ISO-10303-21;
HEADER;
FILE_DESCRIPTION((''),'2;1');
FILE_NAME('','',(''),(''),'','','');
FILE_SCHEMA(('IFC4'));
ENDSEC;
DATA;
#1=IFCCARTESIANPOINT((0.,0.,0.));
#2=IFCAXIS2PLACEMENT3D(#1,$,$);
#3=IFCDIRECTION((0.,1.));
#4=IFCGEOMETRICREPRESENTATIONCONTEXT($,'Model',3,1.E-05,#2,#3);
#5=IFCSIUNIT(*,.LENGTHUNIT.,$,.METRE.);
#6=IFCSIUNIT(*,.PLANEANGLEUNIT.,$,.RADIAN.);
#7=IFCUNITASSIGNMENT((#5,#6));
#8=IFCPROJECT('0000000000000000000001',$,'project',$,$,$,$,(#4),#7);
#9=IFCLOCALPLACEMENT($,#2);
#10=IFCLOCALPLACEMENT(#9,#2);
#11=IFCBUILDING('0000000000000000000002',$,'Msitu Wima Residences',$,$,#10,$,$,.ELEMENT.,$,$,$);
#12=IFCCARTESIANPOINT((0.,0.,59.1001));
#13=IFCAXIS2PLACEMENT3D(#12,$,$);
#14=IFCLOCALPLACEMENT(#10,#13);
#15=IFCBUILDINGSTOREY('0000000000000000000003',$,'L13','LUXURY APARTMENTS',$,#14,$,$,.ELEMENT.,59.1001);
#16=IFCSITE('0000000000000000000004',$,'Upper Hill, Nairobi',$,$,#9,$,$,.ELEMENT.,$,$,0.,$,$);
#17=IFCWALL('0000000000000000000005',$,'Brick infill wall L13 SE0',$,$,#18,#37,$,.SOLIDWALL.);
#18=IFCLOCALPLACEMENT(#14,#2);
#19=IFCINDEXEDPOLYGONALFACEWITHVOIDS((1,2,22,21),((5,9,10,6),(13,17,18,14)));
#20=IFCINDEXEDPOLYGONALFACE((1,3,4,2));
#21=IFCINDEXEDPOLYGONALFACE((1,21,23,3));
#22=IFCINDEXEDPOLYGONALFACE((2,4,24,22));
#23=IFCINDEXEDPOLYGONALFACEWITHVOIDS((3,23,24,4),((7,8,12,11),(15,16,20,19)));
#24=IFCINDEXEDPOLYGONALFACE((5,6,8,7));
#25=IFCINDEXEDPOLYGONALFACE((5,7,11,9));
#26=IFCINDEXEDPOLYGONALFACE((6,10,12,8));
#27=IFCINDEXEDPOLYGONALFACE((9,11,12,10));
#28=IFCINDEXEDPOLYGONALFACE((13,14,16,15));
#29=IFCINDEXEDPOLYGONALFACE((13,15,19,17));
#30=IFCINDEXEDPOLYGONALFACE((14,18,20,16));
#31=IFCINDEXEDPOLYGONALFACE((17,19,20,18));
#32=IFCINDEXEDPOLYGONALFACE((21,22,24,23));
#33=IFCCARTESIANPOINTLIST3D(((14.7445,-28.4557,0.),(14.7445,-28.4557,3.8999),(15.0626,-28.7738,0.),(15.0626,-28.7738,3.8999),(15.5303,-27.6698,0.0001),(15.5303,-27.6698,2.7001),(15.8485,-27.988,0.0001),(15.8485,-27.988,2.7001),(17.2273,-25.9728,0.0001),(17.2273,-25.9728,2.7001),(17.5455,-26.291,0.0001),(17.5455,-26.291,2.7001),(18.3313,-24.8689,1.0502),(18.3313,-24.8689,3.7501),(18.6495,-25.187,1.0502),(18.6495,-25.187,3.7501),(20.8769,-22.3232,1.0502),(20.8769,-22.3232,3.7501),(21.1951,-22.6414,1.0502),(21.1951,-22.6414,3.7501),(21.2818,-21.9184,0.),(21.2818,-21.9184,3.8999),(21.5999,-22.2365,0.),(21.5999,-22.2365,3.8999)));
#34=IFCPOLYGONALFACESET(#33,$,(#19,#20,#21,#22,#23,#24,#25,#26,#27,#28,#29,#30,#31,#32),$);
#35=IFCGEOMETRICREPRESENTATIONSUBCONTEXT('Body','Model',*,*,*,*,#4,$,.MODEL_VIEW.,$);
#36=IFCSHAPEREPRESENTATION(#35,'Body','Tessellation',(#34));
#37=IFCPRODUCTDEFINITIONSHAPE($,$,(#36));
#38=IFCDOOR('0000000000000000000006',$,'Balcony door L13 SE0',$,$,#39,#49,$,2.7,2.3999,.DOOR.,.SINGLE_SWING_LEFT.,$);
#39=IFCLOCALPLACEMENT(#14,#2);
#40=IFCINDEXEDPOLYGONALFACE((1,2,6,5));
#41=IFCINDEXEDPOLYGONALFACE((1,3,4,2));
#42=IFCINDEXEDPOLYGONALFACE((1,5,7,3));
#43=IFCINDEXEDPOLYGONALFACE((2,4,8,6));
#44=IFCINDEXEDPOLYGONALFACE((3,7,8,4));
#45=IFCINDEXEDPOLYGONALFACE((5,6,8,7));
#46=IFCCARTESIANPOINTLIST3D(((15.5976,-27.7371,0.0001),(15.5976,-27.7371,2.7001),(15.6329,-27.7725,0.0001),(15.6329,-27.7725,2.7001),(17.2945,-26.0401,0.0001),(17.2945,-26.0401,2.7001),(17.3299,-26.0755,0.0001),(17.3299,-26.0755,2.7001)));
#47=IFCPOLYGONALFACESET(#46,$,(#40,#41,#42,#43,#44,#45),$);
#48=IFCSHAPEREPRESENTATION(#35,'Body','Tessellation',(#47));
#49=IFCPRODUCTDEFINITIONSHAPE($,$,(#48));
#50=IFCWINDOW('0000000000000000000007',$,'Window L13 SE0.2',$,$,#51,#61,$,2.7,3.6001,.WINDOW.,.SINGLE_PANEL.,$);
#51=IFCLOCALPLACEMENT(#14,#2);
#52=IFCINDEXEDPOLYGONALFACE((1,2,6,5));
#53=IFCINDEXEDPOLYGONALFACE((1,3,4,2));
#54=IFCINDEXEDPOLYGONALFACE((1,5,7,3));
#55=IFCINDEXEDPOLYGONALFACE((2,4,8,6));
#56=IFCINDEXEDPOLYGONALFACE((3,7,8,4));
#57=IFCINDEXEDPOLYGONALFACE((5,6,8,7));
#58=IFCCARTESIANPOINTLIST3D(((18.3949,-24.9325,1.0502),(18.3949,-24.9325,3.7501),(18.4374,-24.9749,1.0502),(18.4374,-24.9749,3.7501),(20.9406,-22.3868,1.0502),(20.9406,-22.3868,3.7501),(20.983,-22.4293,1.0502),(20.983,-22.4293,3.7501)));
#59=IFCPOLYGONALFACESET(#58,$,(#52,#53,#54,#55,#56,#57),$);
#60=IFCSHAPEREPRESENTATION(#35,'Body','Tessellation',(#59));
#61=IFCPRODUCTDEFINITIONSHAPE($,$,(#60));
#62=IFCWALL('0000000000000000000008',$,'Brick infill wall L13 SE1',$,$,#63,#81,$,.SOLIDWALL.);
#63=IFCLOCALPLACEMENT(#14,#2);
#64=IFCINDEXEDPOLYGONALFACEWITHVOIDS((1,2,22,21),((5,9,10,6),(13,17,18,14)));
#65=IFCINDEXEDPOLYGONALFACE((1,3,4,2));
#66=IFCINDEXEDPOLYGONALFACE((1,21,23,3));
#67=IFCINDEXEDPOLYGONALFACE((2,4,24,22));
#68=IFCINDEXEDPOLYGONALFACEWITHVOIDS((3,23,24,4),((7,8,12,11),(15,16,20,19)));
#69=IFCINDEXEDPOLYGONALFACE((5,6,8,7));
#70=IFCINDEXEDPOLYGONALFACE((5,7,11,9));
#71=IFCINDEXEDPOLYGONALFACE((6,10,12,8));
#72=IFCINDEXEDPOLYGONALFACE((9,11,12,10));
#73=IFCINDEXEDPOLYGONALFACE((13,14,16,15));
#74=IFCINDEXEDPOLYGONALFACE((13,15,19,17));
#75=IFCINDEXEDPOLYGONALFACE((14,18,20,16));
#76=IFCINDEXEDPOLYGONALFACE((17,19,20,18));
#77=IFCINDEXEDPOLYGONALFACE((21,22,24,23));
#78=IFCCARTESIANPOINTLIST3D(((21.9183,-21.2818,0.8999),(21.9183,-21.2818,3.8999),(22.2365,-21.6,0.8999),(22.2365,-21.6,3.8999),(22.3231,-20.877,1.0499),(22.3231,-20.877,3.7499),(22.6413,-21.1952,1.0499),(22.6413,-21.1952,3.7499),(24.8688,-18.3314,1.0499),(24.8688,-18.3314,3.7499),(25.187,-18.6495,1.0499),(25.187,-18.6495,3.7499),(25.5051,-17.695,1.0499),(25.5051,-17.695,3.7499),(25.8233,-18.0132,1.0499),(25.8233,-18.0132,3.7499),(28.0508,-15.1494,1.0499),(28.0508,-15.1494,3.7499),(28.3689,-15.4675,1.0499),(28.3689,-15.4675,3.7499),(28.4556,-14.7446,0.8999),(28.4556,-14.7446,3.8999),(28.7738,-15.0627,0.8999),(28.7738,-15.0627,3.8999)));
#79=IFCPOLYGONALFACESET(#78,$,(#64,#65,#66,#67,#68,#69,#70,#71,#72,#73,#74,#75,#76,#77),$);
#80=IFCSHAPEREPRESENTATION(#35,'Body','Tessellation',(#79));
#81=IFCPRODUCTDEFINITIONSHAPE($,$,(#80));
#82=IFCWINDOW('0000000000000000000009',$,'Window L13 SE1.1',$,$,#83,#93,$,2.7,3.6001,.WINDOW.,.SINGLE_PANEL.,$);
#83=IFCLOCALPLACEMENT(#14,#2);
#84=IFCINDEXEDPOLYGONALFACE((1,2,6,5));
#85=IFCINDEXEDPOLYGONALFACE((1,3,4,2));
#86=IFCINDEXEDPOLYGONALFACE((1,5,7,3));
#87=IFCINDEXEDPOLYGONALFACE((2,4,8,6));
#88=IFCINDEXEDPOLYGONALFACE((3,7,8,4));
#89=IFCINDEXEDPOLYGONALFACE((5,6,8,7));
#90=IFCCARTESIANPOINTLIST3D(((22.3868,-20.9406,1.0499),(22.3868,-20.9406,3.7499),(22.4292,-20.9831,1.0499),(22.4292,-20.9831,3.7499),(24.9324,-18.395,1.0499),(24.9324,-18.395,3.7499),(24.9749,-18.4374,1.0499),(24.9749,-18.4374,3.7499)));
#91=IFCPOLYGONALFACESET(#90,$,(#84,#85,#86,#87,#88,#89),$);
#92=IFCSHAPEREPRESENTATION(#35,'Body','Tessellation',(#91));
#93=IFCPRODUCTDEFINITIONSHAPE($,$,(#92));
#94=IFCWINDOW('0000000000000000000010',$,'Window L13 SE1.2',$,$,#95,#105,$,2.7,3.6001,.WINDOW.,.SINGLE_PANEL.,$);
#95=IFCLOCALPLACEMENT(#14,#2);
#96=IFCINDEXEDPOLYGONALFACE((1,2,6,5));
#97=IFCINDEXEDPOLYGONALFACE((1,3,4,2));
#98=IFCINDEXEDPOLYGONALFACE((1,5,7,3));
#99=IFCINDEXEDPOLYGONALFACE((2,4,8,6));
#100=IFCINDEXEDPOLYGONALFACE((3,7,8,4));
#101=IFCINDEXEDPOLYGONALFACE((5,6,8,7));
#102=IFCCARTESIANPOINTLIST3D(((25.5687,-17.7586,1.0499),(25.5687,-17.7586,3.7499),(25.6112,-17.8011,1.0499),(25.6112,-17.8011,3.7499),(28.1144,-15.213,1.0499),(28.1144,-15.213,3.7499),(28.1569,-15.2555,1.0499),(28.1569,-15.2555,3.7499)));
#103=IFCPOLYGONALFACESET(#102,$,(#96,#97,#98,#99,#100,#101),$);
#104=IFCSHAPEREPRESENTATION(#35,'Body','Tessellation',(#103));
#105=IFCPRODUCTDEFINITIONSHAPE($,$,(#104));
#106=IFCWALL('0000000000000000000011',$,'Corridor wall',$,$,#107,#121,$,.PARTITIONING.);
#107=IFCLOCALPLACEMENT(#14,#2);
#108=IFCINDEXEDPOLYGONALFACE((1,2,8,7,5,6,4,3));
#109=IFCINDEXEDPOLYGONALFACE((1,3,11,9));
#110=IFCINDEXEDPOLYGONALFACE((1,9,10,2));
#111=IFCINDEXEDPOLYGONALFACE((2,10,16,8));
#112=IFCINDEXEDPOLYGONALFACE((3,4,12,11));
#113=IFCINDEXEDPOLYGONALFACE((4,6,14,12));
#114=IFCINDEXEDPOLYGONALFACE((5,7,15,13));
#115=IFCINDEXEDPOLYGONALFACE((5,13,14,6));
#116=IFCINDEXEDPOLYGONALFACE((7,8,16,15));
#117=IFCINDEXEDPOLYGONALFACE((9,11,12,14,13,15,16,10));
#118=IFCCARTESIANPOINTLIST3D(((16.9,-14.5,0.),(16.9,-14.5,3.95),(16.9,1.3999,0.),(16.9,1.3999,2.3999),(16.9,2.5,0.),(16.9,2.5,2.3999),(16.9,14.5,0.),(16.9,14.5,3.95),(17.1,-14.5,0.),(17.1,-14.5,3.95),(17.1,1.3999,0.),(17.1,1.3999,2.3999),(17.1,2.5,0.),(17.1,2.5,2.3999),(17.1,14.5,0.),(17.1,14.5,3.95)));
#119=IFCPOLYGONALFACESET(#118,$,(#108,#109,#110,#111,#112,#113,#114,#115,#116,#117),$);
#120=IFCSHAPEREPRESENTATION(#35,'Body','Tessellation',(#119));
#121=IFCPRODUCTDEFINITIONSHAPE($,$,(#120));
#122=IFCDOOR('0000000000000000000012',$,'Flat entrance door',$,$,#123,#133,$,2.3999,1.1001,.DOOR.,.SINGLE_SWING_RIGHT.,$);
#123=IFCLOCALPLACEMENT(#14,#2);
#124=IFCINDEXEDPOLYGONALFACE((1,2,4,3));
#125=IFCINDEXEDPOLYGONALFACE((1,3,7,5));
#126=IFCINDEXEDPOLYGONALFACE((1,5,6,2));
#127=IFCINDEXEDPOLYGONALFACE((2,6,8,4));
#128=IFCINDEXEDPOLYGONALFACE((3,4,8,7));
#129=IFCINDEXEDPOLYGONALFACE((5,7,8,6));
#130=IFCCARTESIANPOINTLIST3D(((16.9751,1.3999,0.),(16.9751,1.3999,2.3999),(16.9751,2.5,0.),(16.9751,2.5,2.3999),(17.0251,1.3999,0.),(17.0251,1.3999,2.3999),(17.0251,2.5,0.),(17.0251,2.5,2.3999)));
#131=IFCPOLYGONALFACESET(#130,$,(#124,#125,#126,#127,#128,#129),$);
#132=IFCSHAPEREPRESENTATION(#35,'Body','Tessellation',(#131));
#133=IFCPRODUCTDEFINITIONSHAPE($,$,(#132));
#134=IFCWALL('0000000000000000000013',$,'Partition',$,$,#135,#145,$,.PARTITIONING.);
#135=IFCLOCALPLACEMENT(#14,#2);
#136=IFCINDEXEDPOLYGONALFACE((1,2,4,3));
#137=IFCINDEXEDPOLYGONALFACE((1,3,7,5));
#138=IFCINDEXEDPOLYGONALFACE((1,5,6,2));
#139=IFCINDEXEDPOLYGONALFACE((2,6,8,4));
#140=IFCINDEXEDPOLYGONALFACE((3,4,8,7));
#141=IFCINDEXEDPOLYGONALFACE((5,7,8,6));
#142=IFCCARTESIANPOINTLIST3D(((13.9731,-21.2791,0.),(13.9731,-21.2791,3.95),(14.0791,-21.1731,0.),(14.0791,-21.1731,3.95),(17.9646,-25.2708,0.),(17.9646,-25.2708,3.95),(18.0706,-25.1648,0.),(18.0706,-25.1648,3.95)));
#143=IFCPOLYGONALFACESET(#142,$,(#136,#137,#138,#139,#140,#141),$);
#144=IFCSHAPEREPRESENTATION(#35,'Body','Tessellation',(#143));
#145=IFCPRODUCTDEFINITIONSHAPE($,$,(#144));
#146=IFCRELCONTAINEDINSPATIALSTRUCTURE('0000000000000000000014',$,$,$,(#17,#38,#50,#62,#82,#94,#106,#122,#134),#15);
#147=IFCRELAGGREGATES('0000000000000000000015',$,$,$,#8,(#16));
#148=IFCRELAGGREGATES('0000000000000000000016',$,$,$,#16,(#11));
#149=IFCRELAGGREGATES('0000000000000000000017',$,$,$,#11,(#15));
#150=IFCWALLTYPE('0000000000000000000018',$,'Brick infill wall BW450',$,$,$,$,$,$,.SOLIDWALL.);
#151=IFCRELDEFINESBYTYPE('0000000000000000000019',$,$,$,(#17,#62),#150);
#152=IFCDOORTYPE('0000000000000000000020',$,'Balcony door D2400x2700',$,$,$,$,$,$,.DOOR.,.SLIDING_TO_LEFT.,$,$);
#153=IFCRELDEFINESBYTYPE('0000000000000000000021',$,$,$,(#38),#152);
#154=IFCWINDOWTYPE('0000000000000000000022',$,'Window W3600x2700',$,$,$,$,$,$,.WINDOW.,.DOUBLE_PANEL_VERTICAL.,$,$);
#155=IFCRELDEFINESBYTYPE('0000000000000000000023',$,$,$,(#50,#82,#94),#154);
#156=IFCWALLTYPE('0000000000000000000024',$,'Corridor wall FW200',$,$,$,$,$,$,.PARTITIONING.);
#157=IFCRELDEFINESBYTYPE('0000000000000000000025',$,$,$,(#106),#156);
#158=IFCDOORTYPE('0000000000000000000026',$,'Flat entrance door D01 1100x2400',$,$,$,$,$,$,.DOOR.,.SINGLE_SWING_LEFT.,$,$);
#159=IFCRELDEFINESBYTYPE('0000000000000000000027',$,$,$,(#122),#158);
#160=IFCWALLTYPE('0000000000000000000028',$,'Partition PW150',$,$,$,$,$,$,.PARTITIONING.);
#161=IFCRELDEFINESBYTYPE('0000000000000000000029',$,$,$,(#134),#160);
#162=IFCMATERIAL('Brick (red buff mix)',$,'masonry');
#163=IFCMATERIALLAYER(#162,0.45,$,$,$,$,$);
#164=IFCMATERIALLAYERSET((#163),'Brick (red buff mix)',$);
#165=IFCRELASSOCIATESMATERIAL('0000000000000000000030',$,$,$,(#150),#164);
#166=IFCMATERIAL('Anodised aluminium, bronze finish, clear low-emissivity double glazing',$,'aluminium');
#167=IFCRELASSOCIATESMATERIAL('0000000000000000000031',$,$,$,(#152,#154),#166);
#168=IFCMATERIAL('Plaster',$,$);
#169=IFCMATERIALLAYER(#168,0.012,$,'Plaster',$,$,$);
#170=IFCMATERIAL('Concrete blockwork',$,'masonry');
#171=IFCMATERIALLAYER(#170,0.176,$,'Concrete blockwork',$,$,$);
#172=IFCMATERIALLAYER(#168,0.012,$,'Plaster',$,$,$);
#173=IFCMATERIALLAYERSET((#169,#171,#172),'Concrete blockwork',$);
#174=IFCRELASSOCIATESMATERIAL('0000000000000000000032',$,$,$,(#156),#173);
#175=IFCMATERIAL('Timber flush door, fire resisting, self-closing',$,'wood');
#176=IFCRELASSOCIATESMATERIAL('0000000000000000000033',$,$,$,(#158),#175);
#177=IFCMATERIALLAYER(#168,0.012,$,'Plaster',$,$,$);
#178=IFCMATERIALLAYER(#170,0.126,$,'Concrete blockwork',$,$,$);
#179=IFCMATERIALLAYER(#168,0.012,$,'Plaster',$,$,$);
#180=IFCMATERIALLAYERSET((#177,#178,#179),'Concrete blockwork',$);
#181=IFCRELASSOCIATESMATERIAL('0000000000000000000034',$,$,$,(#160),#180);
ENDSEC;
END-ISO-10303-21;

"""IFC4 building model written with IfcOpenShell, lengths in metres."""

from ifc_helpers import new_model, si_unit, direction, frame, frame_2d, origin, place, context, subcontext, project, spatial, rectangle, extrude, material, layer, layer_set, type_object, element, fill, save


model = new_model("IFC4")

# Units and contexts
model_context = context("Model", 3, precision=1e-05, world=origin(), true_north=direction((0.0, 1.0)))
body_context = subcontext(model_context, "Body", "Model", "MODEL_VIEW")
ifc_project = project(units=[si_unit("LENGTHUNIT", "METRE"), si_unit("PLANEANGLEUNIT", "RADIAN")], contexts=[model_context])

# Site, building, storey
site_placement = place(None, origin())
site = spatial("IfcSite", under=ifc_project, at=site_placement, Name="Upper Hill, Nairobi", CompositionType="ELEMENT", RefElevation=0.0)
building_placement = place(site_placement, origin())
building = spatial("IfcBuilding", under=site, at=building_placement, Name="Msitu Wima Residences", CompositionType="ELEMENT")
storey_placement = place(building_placement, frame((0.0, 0.0, 59.1001)))
storey = spatial("IfcBuildingStorey", under=building, at=storey_placement, Name="L13", Description="LUXURY APARTMENTS", CompositionType="ELEMENT", Elevation=59.1001)

# Wall, openings, door, window
ifc_material_1 = material(Name="Brick (red buff mix)", Category="masonry")
ifc_layer_1 = layer(ifc_material_1, 0.45)
ifc_layer_set_1 = layer_set([ifc_layer_1], Name="Brick (red buff mix)")
wall_type_1 = type_object("IfcWallType", Name="Brick infill wall BW450", PredefinedType="SOLIDWALL", material=ifc_layer_set_1)
wall_1_placement = place(storey_placement, frame((14.9036, -28.6147, 0.0), z_axis=(0.0, 0.0, 1.0), x_axis=(0.707107, 0.707107, 0.0)))
wall_1 = element("IfcWall", 1, at=wall_1_placement, inside=storey, type_object=wall_type_1, Name="Brick infill wall L13 SE0", PredefinedType="SOLIDWALL", context=body_context, shape_type="SweptSolid", body=[
    extrude(rectangle(XDim=9.2451, YDim=0.45, at=frame_2d((4.6226, 0.0))), origin(), (0.0, 0.0, 1.0), 3.8999),
])
opening_1_placement = place(wall_1_placement, frame((1.1113, 0.0, 0.0)))
opening_1 = element("IfcOpeningElement", 2, at=opening_1_placement, cuts=wall_1, PredefinedType="OPENING", context=body_context, shape_type="SweptSolid", body=[
    extrude(rectangle(XDim=2.3999, YDim=2.7, at=frame_2d((1.2, 1.3501))), frame((0.0, 0.2349, 0.0), z_axis=(0.0, -1.0, 0.0), x_axis=(1.0, 0.0, 0.0)), (0.0, 0.0, 1.0), 0.47),
])
opening_2_placement = place(wall_1_placement, frame((5.0725, 0.0, 1.05)))
opening_2 = element("IfcOpeningElement", 3, at=opening_2_placement, cuts=wall_1, PredefinedType="OPENING", context=body_context, shape_type="SweptSolid", body=[
    extrude(rectangle(XDim=3.6001, YDim=2.7, at=frame_2d((1.8, 1.3501))), frame((0.0, 0.2349, 0.0), z_axis=(0.0, -1.0, 0.0), x_axis=(1.0, 0.0, 0.0)), (0.0, 0.0, 1.0), 0.47),
])
ifc_material_2 = material(Name="Anodised aluminium, bronze finish, clear low-emissivity double glazing", Category="aluminium")
door_type_1 = type_object("IfcDoorType", Name="Balcony door D2400x2700", OperationType="SLIDING_TO_LEFT", PredefinedType="DOOR", material=ifc_material_2)
door_1_placement = place(opening_1_placement, origin())
door_1 = element("IfcDoor", 4, at=door_1_placement, inside=storey, type_object=door_type_1, Name="Balcony door L13 SE0", OperationType="SINGLE_SWING_LEFT", OverallHeight=2.7, OverallWidth=2.3999, PredefinedType="DOOR", context=body_context, shape_type="SweptSolid", body=[
    extrude(rectangle(XDim=2.3999, YDim=2.7, at=frame_2d((1.2, 1.3501))), frame((0.0, 0.1299, 0.0), z_axis=(0.0, -1.0, 0.0), x_axis=(1.0, 0.0, 0.0)), (0.0, 0.0, 1.0), 0.05),
])
fill(opening_1, door_1)
window_type = type_object("IfcWindowType", Name="Window W3600x2700", PartitioningType="DOUBLE_PANEL_VERTICAL", PredefinedType="WINDOW", material=ifc_material_2)
window_1_placement = place(opening_2_placement, origin())
window_1 = element("IfcWindow", 5, at=window_1_placement, inside=storey, type_object=window_type, Name="Window L13 SE0.2", OverallHeight=2.7, OverallWidth=3.6001, PartitioningType="SINGLE_PANEL", PredefinedType="WINDOW", context=body_context, shape_type="SweptSolid", body=[
    extrude(rectangle(XDim=3.6001, YDim=2.7, at=frame_2d((1.8, 1.3501))), frame((0.0, 0.135, 0.0), z_axis=(0.0, -1.0, 0.0), x_axis=(1.0, 0.0, 0.0)), (0.0, 0.0, 1.0), 0.0601),
])
fill(opening_2, window_1)

# Wall, openings, windows
wall_2_placement = place(storey_placement, frame((22.0774, -21.4409, 0.8999), z_axis=(0.0, 0.0, 1.0), x_axis=(0.707107, 0.707107, 0.0)))
wall_2 = element("IfcWall", 6, at=wall_2_placement, inside=storey, type_object=wall_type_1, Name="Brick infill wall L13 SE1", PredefinedType="SOLIDWALL", context=body_context, shape_type="SweptSolid", body=[
    extrude(rectangle(XDim=9.2451, YDim=0.45, at=frame_2d((4.6226, 0.0))), origin(), (0.0, 0.0, 1.0), 3.0),
])
opening_3_placement = place(wall_2_placement, frame((0.5725, 0.0, 0.1499)))
opening_3 = element("IfcOpeningElement", 7, at=opening_3_placement, cuts=wall_2, PredefinedType="OPENING", context=body_context, shape_type="SweptSolid", body=[
    extrude(rectangle(XDim=3.6001, YDim=2.7, at=frame_2d((1.8, 1.3501))), frame((0.0, 0.2349, 0.0), z_axis=(0.0, -1.0, 0.0), x_axis=(1.0, 0.0, 0.0)), (0.0, 0.0, 1.0), 0.47),
])
opening_4_placement = place(wall_2_placement, frame((5.0725, 0.0, 0.1499)))
opening_4 = element("IfcOpeningElement", 8, at=opening_4_placement, cuts=wall_2, PredefinedType="OPENING", context=body_context, shape_type="SweptSolid", body=[
    extrude(rectangle(XDim=3.6001, YDim=2.7, at=frame_2d((1.8, 1.3501))), frame((0.0, 0.2349, 0.0), z_axis=(0.0, -1.0, 0.0), x_axis=(1.0, 0.0, 0.0)), (0.0, 0.0, 1.0), 0.47),
])
window_2_placement = place(opening_3_placement, origin())
window_2 = element("IfcWindow", 9, at=window_2_placement, inside=storey, type_object=window_type, Name="Window L13 SE1.1", OverallHeight=2.7, OverallWidth=3.6001, PartitioningType="SINGLE_PANEL", PredefinedType="WINDOW", context=body_context, shape_type="SweptSolid", body=[
    extrude(rectangle(XDim=3.6001, YDim=2.7, at=frame_2d((1.8, 1.3501))), frame((0.0, 0.135, 0.0), z_axis=(0.0, -1.0, 0.0), x_axis=(1.0, 0.0, 0.0)), (0.0, 0.0, 1.0), 0.0601),
])
fill(opening_3, window_2)
window_3_placement = place(opening_4_placement, origin())
window_3 = element("IfcWindow", 10, at=window_3_placement, inside=storey, type_object=window_type, Name="Window L13 SE1.2", OverallHeight=2.7, OverallWidth=3.6001, PartitioningType="SINGLE_PANEL", PredefinedType="WINDOW", context=body_context, shape_type="SweptSolid", body=[
    extrude(rectangle(XDim=3.6001, YDim=2.7, at=frame_2d((1.8, 1.3501))), frame((0.0, 0.135, 0.0), z_axis=(0.0, -1.0, 0.0), x_axis=(1.0, 0.0, 0.0)), (0.0, 0.0, 1.0), 0.0601),
])
fill(opening_4, window_3)

# Wall, opening, door
ifc_material_3 = material(Name="Plaster")
ifc_layer_2 = layer(ifc_material_3, 0.012, Name="Plaster")
ifc_material_4 = material(Name="Concrete blockwork", Category="masonry")
ifc_layer_3 = layer(ifc_material_4, 0.176, Name="Concrete blockwork")
ifc_layer_4 = layer(ifc_material_3, 0.012, Name="Plaster")
ifc_layer_set_2 = layer_set([ifc_layer_2, ifc_layer_3, ifc_layer_4], Name="Concrete blockwork")
wall_type_2 = type_object("IfcWallType", Name="Corridor wall FW200", PredefinedType="PARTITIONING", material=ifc_layer_set_2)
wall_3_placement = place(storey_placement, frame((17.0, -14.5, 0.0), z_axis=(0.0, 0.0, 1.0), x_axis=(0.0, 1.0, 0.0)))
wall_3 = element("IfcWall", 11, at=wall_3_placement, inside=storey, type_object=wall_type_2, Name="Corridor wall", PredefinedType="PARTITIONING", context=body_context, shape_type="SweptSolid", body=[
    extrude(rectangle(XDim=29.0, YDim=0.2, at=frame_2d((14.5, 0.0))), origin(), (0.0, 0.0, 1.0), 3.95),
])
opening_5_placement = place(wall_3_placement, frame((15.8999, 0.0, 0.0)))
opening_5 = element("IfcOpeningElement", 12, at=opening_5_placement, cuts=wall_3, PredefinedType="OPENING", context=body_context, shape_type="SweptSolid", body=[
    extrude(rectangle(XDim=1.1001, YDim=2.3999, at=frame_2d((0.55, 1.2))), frame((0.0, 0.1099, 0.0), z_axis=(0.0, -1.0, 0.0), x_axis=(1.0, 0.0, 0.0)), (0.0, 0.0, 1.0), 0.22),
])
ifc_material_5 = material(Name="Timber flush door, fire resisting, self-closing", Category="wood")
door_type_2 = type_object("IfcDoorType", Name="Flat entrance door D01 1100x2400", OperationType="SINGLE_SWING_LEFT", PredefinedType="DOOR", material=ifc_material_5)
door_2_placement = place(opening_5_placement, origin())
door_2 = element("IfcDoor", 13, at=door_2_placement, inside=storey, type_object=door_type_2, Name="Flat entrance door", OperationType="SINGLE_SWING_RIGHT", OverallHeight=2.3999, OverallWidth=1.1001, PredefinedType="DOOR", context=body_context, shape_type="SweptSolid", body=[
    extrude(rectangle(XDim=1.1001, YDim=2.3999, at=frame_2d((0.55, 1.2))), frame((0.0, 0.0249, 0.0), z_axis=(0.0, -1.0, 0.0), x_axis=(1.0, 0.0, 0.0)), (0.0, 0.0, 1.0), 0.05),
])
fill(opening_5, door_2)

# Wall
ifc_layer_5 = layer(ifc_material_3, 0.012, Name="Plaster")
ifc_layer_6 = layer(ifc_material_4, 0.126, Name="Concrete blockwork")
ifc_layer_7 = layer(ifc_material_3, 0.012, Name="Plaster")
ifc_layer_set_3 = layer_set([ifc_layer_5, ifc_layer_6, ifc_layer_7], Name="Concrete blockwork")
wall_type_3 = type_object("IfcWallType", Name="Partition PW150", PredefinedType="PARTITIONING", material=ifc_layer_set_3)
wall_4_placement = place(storey_placement, frame((14.0261, -21.2261, 0.0), z_axis=(0.0, 0.0, 1.0), x_axis=(0.707085, -0.707128, 0.0)))
element("IfcWall", 14, at=wall_4_placement, inside=storey, type_object=wall_type_3, Name="Partition", PredefinedType="PARTITIONING", context=body_context, shape_type="SweptSolid", body=[
    extrude(rectangle(XDim=5.645, YDim=0.1499, at=frame_2d((2.8225, 0.0))), origin(), (0.0, 0.0, 1.0), 3.95),
])

save(model, "model.ifc")
